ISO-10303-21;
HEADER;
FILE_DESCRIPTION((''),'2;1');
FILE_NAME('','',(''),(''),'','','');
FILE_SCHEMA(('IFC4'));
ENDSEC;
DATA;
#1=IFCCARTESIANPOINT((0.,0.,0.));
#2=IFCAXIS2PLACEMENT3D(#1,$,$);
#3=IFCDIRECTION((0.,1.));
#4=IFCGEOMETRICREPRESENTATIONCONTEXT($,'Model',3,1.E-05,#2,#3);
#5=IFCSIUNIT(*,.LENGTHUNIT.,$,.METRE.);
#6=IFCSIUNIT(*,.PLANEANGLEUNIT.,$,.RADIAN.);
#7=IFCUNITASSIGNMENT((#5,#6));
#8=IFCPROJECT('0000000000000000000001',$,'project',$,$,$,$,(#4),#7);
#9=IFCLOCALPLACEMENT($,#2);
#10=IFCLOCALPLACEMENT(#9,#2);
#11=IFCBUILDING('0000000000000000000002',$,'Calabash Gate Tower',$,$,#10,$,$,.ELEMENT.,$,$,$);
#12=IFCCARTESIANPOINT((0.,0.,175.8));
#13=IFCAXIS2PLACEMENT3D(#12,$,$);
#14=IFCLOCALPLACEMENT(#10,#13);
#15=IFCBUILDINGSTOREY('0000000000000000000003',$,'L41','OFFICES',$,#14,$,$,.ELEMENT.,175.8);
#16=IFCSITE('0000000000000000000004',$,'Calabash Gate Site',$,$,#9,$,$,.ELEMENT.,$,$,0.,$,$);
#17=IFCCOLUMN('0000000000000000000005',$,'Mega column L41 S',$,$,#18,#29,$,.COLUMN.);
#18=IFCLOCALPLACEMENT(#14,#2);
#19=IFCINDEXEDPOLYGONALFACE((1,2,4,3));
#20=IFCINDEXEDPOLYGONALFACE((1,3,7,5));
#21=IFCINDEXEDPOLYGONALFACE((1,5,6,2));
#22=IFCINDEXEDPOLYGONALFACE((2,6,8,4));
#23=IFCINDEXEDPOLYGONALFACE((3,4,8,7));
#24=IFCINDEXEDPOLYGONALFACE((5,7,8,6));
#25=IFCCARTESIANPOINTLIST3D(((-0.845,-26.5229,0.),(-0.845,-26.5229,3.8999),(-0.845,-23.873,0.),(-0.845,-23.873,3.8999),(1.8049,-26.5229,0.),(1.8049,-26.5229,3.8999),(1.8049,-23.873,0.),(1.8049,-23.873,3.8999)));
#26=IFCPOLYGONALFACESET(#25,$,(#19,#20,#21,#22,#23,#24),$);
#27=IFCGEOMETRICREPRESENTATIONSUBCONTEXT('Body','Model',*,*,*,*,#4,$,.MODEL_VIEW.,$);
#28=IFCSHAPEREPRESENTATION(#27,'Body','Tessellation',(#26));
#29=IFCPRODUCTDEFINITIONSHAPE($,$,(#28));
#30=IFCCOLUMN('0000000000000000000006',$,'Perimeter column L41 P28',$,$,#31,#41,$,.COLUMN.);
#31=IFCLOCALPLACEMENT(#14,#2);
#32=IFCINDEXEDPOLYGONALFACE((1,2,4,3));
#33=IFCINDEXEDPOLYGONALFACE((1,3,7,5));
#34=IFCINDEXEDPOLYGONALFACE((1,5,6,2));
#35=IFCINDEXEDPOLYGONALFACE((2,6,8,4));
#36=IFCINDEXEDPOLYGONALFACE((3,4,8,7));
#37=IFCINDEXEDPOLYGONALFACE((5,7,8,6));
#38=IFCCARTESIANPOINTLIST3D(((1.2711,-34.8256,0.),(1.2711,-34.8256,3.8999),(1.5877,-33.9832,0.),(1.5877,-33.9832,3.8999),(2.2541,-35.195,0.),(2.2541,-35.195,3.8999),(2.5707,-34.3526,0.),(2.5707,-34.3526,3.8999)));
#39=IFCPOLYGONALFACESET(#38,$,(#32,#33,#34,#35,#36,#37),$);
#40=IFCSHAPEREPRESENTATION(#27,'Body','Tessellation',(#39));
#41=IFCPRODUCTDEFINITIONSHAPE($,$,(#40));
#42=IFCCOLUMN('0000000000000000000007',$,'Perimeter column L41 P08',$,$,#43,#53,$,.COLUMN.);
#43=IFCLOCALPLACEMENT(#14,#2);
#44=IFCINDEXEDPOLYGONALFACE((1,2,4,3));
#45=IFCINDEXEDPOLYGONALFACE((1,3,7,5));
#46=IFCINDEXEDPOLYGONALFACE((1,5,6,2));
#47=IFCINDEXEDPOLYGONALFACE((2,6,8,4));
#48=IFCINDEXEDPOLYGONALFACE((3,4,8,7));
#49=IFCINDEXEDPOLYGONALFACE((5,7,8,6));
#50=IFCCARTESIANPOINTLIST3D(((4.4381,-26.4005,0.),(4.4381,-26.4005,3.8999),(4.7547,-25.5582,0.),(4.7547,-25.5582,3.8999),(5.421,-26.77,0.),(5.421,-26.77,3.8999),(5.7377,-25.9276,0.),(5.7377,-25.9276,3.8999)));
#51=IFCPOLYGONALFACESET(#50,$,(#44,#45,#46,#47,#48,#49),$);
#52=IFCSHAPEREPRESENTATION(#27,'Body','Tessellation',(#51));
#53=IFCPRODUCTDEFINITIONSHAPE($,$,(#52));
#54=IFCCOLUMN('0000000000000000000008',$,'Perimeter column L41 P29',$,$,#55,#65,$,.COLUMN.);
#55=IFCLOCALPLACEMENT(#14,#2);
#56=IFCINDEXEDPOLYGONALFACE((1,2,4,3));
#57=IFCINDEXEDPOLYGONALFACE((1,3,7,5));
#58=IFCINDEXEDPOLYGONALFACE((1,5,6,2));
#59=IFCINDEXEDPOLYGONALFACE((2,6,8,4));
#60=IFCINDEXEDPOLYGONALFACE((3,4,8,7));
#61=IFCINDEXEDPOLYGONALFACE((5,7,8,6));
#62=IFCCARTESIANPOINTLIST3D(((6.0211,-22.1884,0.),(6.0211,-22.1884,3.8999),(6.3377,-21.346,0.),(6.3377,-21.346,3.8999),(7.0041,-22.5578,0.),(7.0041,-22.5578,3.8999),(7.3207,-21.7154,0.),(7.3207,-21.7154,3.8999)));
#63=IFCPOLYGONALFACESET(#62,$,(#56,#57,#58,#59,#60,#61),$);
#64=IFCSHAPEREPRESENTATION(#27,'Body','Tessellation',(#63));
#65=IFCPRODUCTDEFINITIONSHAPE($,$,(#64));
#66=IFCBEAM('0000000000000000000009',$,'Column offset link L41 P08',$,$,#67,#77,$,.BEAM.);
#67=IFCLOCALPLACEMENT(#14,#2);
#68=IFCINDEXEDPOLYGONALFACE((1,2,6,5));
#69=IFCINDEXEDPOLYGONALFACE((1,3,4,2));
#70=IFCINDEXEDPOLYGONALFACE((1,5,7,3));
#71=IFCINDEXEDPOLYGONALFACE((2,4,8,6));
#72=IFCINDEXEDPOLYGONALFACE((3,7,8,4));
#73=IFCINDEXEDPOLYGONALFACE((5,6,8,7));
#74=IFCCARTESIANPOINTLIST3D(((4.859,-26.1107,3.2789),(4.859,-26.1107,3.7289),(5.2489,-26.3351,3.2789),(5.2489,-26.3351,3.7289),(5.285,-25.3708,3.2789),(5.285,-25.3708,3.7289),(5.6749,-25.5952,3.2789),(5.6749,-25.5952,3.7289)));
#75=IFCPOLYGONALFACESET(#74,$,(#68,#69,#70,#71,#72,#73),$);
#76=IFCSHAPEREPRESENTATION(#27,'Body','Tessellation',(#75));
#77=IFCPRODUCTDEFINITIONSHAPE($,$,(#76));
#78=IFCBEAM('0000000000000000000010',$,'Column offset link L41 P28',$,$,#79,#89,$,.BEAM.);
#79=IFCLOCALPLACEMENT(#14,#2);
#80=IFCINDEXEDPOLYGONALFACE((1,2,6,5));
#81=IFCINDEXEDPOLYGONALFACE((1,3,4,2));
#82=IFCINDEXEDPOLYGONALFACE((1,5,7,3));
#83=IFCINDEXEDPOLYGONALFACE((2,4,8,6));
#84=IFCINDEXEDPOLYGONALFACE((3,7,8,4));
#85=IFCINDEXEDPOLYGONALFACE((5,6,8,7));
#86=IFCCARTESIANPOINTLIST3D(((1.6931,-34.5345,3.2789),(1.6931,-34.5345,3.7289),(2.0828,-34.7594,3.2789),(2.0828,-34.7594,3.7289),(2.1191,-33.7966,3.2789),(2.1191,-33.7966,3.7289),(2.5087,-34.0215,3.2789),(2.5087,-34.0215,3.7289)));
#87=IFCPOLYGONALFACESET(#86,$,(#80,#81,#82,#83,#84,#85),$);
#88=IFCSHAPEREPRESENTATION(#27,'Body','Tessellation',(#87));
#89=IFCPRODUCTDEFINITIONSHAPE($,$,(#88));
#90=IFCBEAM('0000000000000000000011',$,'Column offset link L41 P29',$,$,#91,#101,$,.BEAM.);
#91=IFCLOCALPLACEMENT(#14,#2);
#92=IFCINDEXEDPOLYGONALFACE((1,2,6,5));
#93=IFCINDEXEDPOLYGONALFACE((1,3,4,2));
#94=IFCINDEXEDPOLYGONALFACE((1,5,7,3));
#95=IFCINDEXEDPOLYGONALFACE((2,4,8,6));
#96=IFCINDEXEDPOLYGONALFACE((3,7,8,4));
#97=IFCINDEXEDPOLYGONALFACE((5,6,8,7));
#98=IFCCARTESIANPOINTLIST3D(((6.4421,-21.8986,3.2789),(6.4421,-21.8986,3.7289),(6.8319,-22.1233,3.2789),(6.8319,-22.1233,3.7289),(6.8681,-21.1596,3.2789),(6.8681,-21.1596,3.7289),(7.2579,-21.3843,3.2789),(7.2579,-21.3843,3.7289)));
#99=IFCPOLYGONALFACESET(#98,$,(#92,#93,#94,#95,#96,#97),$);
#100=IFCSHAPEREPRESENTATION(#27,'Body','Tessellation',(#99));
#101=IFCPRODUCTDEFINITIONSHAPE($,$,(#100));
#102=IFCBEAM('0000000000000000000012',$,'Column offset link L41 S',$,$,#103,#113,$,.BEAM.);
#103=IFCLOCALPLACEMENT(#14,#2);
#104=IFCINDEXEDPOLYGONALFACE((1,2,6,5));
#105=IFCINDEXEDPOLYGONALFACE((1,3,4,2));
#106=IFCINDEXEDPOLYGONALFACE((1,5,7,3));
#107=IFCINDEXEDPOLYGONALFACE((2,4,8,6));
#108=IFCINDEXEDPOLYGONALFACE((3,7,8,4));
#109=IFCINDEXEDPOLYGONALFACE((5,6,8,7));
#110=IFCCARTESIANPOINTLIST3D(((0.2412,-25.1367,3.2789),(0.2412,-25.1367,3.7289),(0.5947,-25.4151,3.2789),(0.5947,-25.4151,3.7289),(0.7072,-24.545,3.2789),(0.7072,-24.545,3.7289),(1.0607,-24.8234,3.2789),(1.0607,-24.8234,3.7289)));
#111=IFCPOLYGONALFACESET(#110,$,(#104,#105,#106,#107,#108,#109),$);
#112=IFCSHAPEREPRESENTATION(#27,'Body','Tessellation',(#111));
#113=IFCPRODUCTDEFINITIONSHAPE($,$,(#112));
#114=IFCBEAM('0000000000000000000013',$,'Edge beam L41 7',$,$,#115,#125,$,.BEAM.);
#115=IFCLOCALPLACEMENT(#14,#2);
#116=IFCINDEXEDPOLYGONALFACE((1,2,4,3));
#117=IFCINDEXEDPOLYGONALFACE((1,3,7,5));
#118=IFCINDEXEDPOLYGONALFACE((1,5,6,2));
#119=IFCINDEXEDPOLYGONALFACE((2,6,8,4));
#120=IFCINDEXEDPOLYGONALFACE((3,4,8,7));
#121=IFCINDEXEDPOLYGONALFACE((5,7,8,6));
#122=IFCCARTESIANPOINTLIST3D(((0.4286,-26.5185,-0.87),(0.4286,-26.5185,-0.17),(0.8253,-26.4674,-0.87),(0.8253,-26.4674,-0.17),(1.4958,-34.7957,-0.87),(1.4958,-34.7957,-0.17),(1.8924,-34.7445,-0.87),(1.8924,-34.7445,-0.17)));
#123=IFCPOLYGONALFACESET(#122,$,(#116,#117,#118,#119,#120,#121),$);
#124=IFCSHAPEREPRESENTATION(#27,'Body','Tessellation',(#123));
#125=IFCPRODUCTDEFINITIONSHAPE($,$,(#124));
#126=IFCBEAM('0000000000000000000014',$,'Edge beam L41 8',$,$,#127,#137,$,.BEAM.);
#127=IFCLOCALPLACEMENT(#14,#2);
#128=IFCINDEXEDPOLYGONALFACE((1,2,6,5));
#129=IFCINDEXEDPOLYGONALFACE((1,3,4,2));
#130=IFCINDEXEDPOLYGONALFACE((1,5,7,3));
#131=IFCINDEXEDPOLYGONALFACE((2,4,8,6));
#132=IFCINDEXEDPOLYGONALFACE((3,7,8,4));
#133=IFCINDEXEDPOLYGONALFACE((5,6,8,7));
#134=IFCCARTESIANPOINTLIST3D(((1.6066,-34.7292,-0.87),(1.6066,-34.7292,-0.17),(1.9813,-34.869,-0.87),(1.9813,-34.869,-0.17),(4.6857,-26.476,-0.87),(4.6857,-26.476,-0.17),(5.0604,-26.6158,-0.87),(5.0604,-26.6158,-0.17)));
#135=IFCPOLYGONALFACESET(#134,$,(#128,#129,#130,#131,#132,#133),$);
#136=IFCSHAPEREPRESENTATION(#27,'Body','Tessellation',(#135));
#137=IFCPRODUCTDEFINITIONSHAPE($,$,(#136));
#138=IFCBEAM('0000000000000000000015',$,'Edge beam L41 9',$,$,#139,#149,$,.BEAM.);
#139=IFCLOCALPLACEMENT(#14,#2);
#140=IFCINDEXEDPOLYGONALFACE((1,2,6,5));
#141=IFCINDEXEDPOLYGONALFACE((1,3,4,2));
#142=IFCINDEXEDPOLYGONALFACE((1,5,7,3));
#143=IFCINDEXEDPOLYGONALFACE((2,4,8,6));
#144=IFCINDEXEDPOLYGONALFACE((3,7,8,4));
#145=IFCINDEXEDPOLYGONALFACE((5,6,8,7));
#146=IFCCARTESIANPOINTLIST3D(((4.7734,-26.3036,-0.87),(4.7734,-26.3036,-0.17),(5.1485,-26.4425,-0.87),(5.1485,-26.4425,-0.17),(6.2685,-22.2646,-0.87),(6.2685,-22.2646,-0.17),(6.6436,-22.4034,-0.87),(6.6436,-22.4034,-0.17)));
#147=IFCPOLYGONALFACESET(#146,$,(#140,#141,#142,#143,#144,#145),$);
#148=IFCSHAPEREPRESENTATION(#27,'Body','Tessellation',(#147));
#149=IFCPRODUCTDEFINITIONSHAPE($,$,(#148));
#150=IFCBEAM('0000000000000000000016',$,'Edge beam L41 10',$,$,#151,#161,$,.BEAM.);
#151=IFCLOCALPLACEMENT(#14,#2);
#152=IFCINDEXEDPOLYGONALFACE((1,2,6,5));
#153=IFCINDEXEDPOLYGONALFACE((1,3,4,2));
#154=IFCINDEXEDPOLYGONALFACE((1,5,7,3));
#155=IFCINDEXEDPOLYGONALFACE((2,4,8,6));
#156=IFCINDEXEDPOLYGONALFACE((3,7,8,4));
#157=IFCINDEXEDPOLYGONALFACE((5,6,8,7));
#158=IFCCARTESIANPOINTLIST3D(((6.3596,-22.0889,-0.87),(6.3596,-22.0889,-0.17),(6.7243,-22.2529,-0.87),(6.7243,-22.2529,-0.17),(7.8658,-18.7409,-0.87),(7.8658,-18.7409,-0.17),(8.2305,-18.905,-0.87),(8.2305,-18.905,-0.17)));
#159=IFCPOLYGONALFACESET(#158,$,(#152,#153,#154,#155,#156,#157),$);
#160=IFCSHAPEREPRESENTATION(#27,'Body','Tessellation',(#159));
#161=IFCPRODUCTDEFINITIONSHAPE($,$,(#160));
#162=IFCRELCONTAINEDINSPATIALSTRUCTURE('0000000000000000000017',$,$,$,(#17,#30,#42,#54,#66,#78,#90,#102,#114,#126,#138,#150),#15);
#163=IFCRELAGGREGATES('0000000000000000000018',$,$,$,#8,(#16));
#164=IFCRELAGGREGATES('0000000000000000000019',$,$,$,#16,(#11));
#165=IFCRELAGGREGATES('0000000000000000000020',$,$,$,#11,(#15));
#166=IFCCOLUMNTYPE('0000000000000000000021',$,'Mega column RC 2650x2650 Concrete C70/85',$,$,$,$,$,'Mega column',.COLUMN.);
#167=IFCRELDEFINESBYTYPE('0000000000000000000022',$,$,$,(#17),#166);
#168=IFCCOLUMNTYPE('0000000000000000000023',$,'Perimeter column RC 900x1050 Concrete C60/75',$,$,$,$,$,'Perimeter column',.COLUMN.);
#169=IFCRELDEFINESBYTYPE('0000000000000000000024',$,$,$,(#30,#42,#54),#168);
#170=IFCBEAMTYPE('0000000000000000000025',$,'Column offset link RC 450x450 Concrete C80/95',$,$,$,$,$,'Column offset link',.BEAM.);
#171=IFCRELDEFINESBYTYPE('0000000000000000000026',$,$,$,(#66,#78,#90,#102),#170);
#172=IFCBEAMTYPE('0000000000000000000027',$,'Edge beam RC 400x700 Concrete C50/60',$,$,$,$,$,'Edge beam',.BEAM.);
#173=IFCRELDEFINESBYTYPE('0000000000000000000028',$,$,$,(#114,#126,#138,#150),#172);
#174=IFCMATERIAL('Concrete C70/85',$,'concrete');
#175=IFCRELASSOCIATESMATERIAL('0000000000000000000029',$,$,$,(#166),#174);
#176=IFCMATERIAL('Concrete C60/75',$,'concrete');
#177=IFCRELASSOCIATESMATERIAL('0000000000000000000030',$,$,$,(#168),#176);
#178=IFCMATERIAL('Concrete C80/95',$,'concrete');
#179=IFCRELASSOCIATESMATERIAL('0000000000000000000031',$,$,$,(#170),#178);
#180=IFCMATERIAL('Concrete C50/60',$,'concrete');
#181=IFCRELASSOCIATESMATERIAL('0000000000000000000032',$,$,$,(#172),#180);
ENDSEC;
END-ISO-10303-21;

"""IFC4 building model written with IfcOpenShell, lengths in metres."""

from ifc_helpers import new_model, si_unit, direction, frame, origin, origin_2d, place, context, subcontext, project, spatial, rectangle, extrude, material, material_profile, profile_set, type_object, element, save


model = new_model("IFC4")

# Units and contexts
model_context = context("Model", 3, precision=1e-05, world=origin(), true_north=direction((0.0, 1.0)))
body_context = subcontext(model_context, "Body", "Model", "MODEL_VIEW")
ifc_project = project(units=[si_unit("LENGTHUNIT", "METRE"), si_unit("PLANEANGLEUNIT", "RADIAN")], contexts=[model_context])

# Site, building, storey
site_placement = place(None, origin())
site = spatial("IfcSite", under=ifc_project, at=site_placement, Name="Calabash Gate Site", CompositionType="ELEMENT", RefElevation=0.0)
building_placement = place(site_placement, origin())
building = spatial("IfcBuilding", under=site, at=building_placement, Name="Calabash Gate Tower", CompositionType="ELEMENT")
storey_placement = place(building_placement, frame((0.0, 0.0, 175.8)))
storey = spatial("IfcBuildingStorey", under=building, at=storey_placement, Name="L41", Description="OFFICES", CompositionType="ELEMENT", Elevation=175.8)

# Columns
ifc_material_1 = material(Name="Concrete C70/85", Category="concrete")
ifc_material_profile_1 = material_profile(ifc_material_1, rectangle(XDim=2.6499, YDim=2.6499, at=origin_2d()))
ifc_profile_set_1 = profile_set([ifc_material_profile_1], Name="Concrete C70/85")
column_type_1 = type_object("IfcColumnType", Name="Mega column RC 2650x2650 Concrete C70/85", ElementType="Mega column", PredefinedType="COLUMN", material=ifc_profile_set_1)
column_placement = place(storey_placement, frame((0.48, -25.198, 0.0), z_axis=(0.0, 0.0, 1.0), x_axis=(0.0, 1.0, 0.0)))
element("IfcColumn", 1, at=column_placement, inside=storey, type_object=column_type_1, Name="Mega column L41 S", PredefinedType="COLUMN", context=body_context, shape_type="SweptSolid", body=[
    extrude(rectangle(XDim=2.6499, YDim=2.6499, at=origin_2d()), origin(), (0.0, 0.0, 1.0), 3.8999),
])
ifc_material_2 = material(Name="Concrete C60/75", Category="concrete")
ifc_material_profile_2 = material_profile(ifc_material_2, rectangle(XDim=0.8999, YDim=1.05, at=origin_2d()))
ifc_profile_set_2 = profile_set([ifc_material_profile_2], Name="Concrete C60/75")
column_type_2 = type_object("IfcColumnType", Name="Perimeter column RC 900x1050 Concrete C60/75", ElementType="Perimeter column", PredefinedType="COLUMN", material=ifc_profile_set_2)
for number, where, z_axis, x_axis, name in (
    (2, (1.9209, -34.5891, 0.0), (0.0, 0.0, 1.0), (0.351823, 0.936067, 0.0), "Perimeter column L41 P28"),
    (3, (5.0879, -26.1641, 0.0), (0.0, 0.0, 1.0), (0.351823, 0.936067, 0.0), "Perimeter column L41 P08"),
    (4, (6.6709, -21.9519, 0.0), (0.0, 0.0, 1.0), (0.351823, 0.936067, 0.0), "Perimeter column L41 P29"),
):
    element("IfcColumn", number, at=place(storey_placement, frame(where, z_axis=z_axis, x_axis=x_axis)), inside=storey, type_object=column_type_2, Name=name, PredefinedType="COLUMN", context=body_context, shape_type="SweptSolid", body=[
        extrude(rectangle(XDim=0.8999, YDim=1.05, at=origin_2d()), origin(), (0.0, 0.0, 1.0), 3.8999),
    ])

# Beams
ifc_material_3 = material(Name="Concrete C80/95", Category="concrete")
ifc_material_profile_3 = material_profile(ifc_material_3, rectangle(XDim=0.45, YDim=0.45, at=origin_2d()))
ifc_profile_set_3 = profile_set([ifc_material_profile_3], Name="Concrete C80/95")
beam_type_1 = type_object("IfcBeamType", Name="Column offset link RC 450x450 Concrete C80/95", ElementType="Column offset link", PredefinedType="BEAM", material=ifc_profile_set_3)
beam_1_placement = place(storey_placement, frame((5.054, -26.2229, 3.5039), z_axis=(0.498938, 0.866637, 0.0), x_axis=(-0.866637, 0.498938, 0.0)))
element("IfcBeam", 5, at=beam_1_placement, inside=storey, type_object=beam_type_1, Name="Column offset link L41 P08", PredefinedType="BEAM", context=body_context, shape_type="SweptSolid", body=[
    extrude(rectangle(XDim=0.45, YDim=0.45, at=origin_2d()), origin(), (0.0, 0.0, 1.0), 0.8538),
])
beam_2_placement = place(storey_placement, frame((1.8879, -34.647, 3.5039), z_axis=(0.499929, 0.866066, 0.0), x_axis=(-0.866066, 0.499929, 0.0)))
element("IfcBeam", 6, at=beam_2_placement, inside=storey, type_object=beam_type_1, Name="Column offset link L41 P28", PredefinedType="BEAM", context=body_context, shape_type="SweptSolid", body=[
    extrude(rectangle(XDim=0.45, YDim=0.45, at=origin_2d()), origin(), (0.0, 0.0, 1.0), 0.8521),
])
beam_3_placement = place(storey_placement, frame((6.637, -22.011, 3.5039), z_axis=(0.499433, 0.866352, 0.0), x_axis=(-0.866352, 0.499433, 0.0)))
element("IfcBeam", 7, at=beam_3_placement, inside=storey, type_object=beam_type_1, Name="Column offset link L41 P29", PredefinedType="BEAM", context=body_context, shape_type="SweptSolid", body=[
    extrude(rectangle(XDim=0.45, YDim=0.45, at=origin_2d()), origin(), (0.0, 0.0, 1.0), 0.853),
])
beam_4_placement = place(storey_placement, frame((0.418, -25.2759, 3.5039), z_axis=(0.618709, 0.785621, 0.0), x_axis=(-0.785621, 0.618709, 0.0)))
element("IfcBeam", 8, at=beam_4_placement, inside=storey, type_object=beam_type_1, Name="Column offset link L41 S", PredefinedType="BEAM", context=body_context, shape_type="SweptSolid", body=[
    extrude(rectangle(XDim=0.45, YDim=0.45, at=origin_2d()), origin(), (0.0, 0.0, 1.0), 0.7532),
])
ifc_material_4 = material(Name="Concrete C50/60", Category="concrete")
ifc_material_profile_4 = material_profile(ifc_material_4, rectangle(XDim=0.3999, YDim=0.7, at=origin_2d()))
ifc_profile_set_4 = profile_set([ifc_material_profile_4], Name="Concrete C50/60")
beam_type_2 = type_object("IfcBeamType", Name="Edge beam RC 400x700 Concrete C50/60", ElementType="Edge beam", PredefinedType="BEAM", material=ifc_profile_set_4)
beam_5_placement = place(storey_placement, frame((0.627, -26.4929, -0.52), z_axis=(0.127868, -0.991791, 0.0), x_axis=(0.991791, 0.127868, 0.0)))
element("IfcBeam", 9, at=beam_5_placement, inside=storey, type_object=beam_type_2, Name="Edge beam L41 7", PredefinedType="BEAM", context=body_context, shape_type="SweptSolid", body=[
    extrude(rectangle(XDim=0.3999, YDim=0.7, at=origin_2d()), origin(), (0.0, 0.0, 1.0), 8.3457),
])
beam_6_placement = place(storey_placement, frame((1.7939, -34.7991, -0.52), z_axis=(0.349547, 0.936919, 0.0), x_axis=(-0.936919, 0.349547, 0.0)))
element("IfcBeam", 10, at=beam_6_placement, inside=storey, type_object=beam_type_2, Name="Edge beam L41 8", PredefinedType="BEAM", context=body_context, shape_type="SweptSolid", body=[
    extrude(rectangle(XDim=0.3999, YDim=0.7, at=origin_2d()), origin(), (0.0, 0.0, 1.0), 8.8088),
])
beam_7_placement = place(storey_placement, frame((4.9609, -26.373, -0.52), z_axis=(0.347144, 0.937812, 0.0), x_axis=(-0.937812, 0.347144, 0.0)))
element("IfcBeam", 11, at=beam_7_placement, inside=storey, type_object=beam_type_2, Name="Edge beam L41 9", PredefinedType="BEAM", context=body_context, shape_type="SweptSolid", body=[
    extrude(rectangle(XDim=0.3999, YDim=0.7, at=origin_2d()), origin(), (0.0, 0.0, 1.0), 4.3069),
])
beam_8_placement = place(storey_placement, frame((6.542, -22.1709, -0.52), z_axis=(0.410262, 0.911968, 0.0), x_axis=(-0.911968, 0.410262, 0.0)))
element("IfcBeam", 12, at=beam_8_placement, inside=storey, type_object=beam_type_2, Name="Edge beam L41 10", PredefinedType="BEAM", context=body_context, shape_type="SweptSolid", body=[
    extrude(rectangle(XDim=0.3999, YDim=0.7, at=origin_2d()), origin(), (0.0, 0.0, 1.0), 3.6711),
])

save(model, "model.ifc")
